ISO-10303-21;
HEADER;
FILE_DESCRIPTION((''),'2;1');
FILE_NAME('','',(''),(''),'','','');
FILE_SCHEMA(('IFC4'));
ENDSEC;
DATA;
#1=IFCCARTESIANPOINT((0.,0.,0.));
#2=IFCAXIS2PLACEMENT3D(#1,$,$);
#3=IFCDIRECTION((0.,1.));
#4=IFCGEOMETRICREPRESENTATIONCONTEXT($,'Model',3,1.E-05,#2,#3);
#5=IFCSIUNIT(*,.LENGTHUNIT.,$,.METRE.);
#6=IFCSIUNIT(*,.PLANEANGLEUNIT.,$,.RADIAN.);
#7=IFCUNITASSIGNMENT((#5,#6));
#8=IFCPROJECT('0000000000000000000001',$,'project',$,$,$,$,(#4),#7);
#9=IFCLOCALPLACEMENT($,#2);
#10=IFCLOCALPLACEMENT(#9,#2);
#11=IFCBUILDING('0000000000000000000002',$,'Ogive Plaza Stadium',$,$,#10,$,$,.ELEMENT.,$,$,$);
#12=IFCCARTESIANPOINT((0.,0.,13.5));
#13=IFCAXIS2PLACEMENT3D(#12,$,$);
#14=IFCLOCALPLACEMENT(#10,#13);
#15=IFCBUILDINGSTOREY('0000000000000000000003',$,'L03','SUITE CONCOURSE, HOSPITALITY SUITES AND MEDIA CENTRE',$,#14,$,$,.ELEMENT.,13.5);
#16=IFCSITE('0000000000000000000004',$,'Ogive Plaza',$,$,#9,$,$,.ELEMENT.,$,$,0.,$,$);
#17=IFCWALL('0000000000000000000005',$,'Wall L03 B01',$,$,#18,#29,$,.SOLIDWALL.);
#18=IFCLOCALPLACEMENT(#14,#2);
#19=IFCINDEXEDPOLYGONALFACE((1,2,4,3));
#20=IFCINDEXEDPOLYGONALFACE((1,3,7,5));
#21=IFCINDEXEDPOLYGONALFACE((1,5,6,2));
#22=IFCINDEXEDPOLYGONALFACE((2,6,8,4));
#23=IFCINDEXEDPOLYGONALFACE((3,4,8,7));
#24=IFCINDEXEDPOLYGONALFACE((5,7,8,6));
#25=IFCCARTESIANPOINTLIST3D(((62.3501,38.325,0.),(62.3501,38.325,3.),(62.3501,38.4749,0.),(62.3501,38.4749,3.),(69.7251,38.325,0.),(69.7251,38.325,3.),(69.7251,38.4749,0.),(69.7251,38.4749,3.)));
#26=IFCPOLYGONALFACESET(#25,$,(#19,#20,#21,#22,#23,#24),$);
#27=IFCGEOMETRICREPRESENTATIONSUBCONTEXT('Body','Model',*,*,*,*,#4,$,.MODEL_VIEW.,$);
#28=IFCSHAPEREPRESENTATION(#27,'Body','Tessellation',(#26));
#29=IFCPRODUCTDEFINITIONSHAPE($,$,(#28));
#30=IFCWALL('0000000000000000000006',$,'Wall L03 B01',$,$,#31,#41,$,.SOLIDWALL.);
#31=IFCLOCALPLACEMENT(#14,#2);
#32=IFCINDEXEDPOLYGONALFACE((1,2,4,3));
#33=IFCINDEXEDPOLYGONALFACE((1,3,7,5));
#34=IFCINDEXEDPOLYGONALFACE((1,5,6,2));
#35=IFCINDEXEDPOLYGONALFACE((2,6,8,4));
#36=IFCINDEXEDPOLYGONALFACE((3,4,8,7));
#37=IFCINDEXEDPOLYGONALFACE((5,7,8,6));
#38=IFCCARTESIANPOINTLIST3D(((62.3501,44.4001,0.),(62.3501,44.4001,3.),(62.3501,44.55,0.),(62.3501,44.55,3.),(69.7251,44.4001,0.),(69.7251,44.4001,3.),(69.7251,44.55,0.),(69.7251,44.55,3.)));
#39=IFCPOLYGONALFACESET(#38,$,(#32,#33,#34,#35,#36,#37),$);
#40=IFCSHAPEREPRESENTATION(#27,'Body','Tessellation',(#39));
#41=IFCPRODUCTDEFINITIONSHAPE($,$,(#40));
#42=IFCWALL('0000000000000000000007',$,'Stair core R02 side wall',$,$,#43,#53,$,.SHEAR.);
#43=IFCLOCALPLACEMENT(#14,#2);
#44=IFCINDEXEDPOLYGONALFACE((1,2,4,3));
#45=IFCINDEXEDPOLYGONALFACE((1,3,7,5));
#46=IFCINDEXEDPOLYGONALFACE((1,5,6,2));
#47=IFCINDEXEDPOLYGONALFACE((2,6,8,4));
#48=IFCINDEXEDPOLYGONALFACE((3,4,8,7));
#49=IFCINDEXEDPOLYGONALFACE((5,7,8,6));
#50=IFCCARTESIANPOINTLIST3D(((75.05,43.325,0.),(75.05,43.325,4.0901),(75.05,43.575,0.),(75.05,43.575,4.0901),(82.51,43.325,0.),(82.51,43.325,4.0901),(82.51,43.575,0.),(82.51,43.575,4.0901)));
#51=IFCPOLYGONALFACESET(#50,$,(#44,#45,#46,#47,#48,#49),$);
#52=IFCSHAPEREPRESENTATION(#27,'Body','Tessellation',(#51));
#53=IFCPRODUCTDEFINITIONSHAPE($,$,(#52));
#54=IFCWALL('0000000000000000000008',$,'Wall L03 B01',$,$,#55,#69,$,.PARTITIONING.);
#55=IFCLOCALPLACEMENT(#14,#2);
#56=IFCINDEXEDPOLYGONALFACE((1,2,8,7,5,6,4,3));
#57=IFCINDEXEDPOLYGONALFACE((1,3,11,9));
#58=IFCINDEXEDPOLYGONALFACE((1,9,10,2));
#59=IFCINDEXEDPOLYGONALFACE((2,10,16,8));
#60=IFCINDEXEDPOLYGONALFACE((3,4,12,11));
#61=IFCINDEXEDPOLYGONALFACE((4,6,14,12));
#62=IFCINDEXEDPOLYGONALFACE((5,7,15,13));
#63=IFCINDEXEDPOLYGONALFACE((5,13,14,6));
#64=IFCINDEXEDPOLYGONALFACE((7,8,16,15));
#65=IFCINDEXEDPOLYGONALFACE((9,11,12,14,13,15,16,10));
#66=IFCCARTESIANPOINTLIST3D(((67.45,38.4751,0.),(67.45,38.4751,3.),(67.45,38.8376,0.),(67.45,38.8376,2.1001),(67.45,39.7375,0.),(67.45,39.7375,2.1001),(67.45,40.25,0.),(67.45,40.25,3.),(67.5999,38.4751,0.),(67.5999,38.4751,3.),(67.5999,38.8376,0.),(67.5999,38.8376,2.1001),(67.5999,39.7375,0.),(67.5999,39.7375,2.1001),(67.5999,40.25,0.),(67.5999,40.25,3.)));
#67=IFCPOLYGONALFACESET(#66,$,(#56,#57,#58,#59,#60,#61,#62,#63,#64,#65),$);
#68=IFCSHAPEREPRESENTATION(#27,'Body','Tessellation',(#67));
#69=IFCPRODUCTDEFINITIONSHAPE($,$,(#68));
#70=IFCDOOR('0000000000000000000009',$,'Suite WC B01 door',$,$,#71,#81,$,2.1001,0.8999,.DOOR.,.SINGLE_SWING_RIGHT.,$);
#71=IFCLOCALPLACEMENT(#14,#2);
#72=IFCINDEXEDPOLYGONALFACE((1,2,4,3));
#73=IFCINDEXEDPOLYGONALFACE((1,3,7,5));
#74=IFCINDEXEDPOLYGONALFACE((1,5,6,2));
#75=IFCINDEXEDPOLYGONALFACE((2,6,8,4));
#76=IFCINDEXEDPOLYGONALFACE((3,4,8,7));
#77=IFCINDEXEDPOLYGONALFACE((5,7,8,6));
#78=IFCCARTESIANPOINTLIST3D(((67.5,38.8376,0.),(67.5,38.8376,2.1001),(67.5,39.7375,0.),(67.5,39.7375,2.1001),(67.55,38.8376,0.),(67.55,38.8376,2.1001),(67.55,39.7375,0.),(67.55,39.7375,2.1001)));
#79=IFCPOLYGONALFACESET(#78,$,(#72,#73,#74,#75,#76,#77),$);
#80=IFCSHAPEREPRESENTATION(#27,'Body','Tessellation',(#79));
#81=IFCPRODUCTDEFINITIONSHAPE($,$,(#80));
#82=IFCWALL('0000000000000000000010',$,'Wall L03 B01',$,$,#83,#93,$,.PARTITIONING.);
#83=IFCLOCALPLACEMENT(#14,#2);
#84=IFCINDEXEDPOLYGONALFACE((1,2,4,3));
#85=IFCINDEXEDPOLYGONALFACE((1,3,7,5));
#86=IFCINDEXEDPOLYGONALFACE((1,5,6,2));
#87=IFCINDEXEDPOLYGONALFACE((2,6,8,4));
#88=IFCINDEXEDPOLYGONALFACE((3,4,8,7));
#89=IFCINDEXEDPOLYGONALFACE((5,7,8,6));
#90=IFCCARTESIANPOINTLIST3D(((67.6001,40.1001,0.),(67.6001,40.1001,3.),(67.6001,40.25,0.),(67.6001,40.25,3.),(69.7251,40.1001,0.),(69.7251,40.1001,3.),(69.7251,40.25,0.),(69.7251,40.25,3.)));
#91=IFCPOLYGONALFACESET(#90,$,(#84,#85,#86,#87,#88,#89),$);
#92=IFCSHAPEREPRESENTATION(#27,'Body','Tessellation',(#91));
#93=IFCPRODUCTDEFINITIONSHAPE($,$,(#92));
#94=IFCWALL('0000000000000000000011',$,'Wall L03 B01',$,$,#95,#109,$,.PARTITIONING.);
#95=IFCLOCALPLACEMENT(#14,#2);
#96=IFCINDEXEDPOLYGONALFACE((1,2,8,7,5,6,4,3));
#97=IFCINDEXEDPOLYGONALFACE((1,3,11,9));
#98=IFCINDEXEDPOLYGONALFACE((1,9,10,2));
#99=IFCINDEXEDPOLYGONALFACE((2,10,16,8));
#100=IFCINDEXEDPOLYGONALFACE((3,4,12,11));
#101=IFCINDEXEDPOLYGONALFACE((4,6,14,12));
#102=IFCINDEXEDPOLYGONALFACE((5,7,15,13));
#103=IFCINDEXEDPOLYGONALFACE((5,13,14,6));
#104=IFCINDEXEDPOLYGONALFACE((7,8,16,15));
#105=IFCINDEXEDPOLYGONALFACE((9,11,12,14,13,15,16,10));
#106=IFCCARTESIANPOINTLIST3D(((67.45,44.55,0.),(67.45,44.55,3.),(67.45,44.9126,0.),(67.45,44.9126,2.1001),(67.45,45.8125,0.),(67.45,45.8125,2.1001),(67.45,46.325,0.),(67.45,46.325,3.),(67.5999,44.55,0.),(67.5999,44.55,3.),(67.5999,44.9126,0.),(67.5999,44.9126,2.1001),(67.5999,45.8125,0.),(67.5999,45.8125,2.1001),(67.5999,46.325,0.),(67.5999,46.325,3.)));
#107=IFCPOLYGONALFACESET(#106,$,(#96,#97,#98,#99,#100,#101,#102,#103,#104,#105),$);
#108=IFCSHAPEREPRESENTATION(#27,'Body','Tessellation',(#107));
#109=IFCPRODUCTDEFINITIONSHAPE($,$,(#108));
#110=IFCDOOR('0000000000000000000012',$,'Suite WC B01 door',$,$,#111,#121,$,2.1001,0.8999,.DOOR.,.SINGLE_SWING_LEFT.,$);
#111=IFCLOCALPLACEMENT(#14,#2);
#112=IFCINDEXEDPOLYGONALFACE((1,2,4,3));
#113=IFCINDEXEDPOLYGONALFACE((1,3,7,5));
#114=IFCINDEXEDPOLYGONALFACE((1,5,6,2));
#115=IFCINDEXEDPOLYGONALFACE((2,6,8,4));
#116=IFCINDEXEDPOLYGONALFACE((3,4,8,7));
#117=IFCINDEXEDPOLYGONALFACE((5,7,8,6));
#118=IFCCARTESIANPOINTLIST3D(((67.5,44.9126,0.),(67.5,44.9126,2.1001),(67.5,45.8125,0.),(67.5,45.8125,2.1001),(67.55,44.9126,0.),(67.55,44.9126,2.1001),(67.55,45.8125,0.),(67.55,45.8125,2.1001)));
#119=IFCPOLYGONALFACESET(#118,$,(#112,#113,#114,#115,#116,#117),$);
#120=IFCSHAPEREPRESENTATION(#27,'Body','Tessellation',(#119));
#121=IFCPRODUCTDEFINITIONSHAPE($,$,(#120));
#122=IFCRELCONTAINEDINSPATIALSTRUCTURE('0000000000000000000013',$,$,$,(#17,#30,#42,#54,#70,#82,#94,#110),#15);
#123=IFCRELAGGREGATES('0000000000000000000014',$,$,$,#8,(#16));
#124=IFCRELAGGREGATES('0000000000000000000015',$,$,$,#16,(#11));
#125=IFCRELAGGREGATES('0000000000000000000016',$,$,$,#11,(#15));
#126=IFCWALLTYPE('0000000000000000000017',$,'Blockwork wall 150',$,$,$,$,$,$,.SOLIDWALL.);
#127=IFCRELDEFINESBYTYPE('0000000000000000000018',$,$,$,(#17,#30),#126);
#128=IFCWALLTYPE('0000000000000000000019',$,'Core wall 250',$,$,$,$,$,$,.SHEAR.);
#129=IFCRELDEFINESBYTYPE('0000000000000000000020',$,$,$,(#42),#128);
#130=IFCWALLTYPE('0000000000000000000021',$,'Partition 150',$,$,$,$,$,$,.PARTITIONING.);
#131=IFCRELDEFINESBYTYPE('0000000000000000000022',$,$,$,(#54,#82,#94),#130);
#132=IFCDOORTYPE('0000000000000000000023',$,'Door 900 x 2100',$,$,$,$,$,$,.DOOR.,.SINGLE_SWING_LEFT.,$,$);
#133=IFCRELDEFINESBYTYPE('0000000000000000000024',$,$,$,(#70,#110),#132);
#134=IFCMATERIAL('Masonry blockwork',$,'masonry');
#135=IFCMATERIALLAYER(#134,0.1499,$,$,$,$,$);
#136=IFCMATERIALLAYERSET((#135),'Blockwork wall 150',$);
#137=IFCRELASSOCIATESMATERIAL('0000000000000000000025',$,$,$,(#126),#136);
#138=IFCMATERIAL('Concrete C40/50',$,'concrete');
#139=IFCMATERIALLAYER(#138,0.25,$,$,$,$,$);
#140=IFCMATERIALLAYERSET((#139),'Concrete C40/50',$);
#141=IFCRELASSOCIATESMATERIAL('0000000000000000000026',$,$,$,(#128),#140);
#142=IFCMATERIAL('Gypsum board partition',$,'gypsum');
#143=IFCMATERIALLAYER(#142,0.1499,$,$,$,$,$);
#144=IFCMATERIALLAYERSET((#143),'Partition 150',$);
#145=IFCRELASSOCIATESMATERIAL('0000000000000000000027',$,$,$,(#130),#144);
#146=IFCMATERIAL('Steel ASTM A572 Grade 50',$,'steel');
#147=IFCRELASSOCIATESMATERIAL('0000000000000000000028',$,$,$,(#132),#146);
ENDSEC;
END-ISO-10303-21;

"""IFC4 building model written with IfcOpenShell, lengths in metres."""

from ifc_helpers import new_model, si_unit, direction, frame, frame_2d, origin, place, context, subcontext, project, spatial, rectangle, extrude, material, layer, layer_set, type_object, element, fill, save


model = new_model("IFC4")

# Units and contexts
model_context = context("Model", 3, precision=1e-05, world=origin(), true_north=direction((0.0, 1.0)))
body_context = subcontext(model_context, "Body", "Model", "MODEL_VIEW")
ifc_project = project(units=[si_unit("LENGTHUNIT", "METRE"), si_unit("PLANEANGLEUNIT", "RADIAN")], contexts=[model_context])

# Site, building, storey
site_placement = place(None, origin())
site = spatial("IfcSite", under=ifc_project, at=site_placement, Name="Ogive Plaza", CompositionType="ELEMENT", RefElevation=0.0)
building_placement = place(site_placement, origin())
building = spatial("IfcBuilding", under=site, at=building_placement, Name="Ogive Plaza Stadium", CompositionType="ELEMENT")
storey_placement = place(building_placement, frame((0.0, 0.0, 13.5)))
storey = spatial("IfcBuildingStorey", under=building, at=storey_placement, Name="L03", Description="SUITE CONCOURSE, HOSPITALITY SUITES AND MEDIA CENTRE", CompositionType="ELEMENT", Elevation=13.5)

# Walls
ifc_material_1 = material(Name="Masonry blockwork", Category="masonry")
ifc_layer_1 = layer(ifc_material_1, 0.1499)
ifc_layer_set_1 = layer_set([ifc_layer_1], Name="Blockwork wall 150")
wall_type_1 = type_object("IfcWallType", Name="Blockwork wall 150", PredefinedType="SOLIDWALL", material=ifc_layer_set_1)
for number, where, z_axis, x_axis, name in (
    (1, (62.3501, 38.3999, 0.0), (0.0, 0.0, 1.0), (1.0, 0.0, 0.0), "Wall L03 B01"),
    (2, (62.3501, 44.4751, 0.0), (0.0, 0.0, 1.0), (1.0, 0.0, 0.0), "Wall L03 B01"),
):
    element("IfcWall", number, at=place(storey_placement, frame(where, z_axis=z_axis, x_axis=x_axis)), inside=storey, type_object=wall_type_1, Name=name, PredefinedType="SOLIDWALL", context=body_context, shape_type="SweptSolid", body=[
        extrude(rectangle(XDim=7.375, YDim=0.1499, at=frame_2d((3.6875, 0.0))), origin(), (0.0, 0.0, 1.0), 3.0),
    ])
ifc_material_2 = material(Name="Concrete C40/50", Category="concrete")
ifc_layer_2 = layer(ifc_material_2, 0.25)
ifc_layer_set_2 = layer_set([ifc_layer_2], Name="Concrete C40/50")
wall_type_2 = type_object("IfcWallType", Name="Core wall 250", PredefinedType="SHEAR", material=ifc_layer_set_2)
wall_1_placement = place(storey_placement, frame((75.05, 43.45, 0.0), z_axis=(0.0, 0.0, 1.0), x_axis=(1.0, 0.0, 0.0)))
element("IfcWall", 3, at=wall_1_placement, inside=storey, type_object=wall_type_2, Name="Stair core R02 side wall", PredefinedType="SHEAR", context=body_context, shape_type="SweptSolid", body=[
    extrude(rectangle(XDim=7.46, YDim=0.25, at=frame_2d((3.73, 0.0))), origin(), (0.0, 0.0, 1.0), 4.0901),
])

# Wall, opening, door
ifc_material_3 = material(Name="Gypsum board partition", Category="gypsum")
ifc_layer_3 = layer(ifc_material_3, 0.1499)
ifc_layer_set_3 = layer_set([ifc_layer_3], Name="Partition 150")
wall_type_3 = type_object("IfcWallType", Name="Partition 150", PredefinedType="PARTITIONING", material=ifc_layer_set_3)
wall_2_placement = place(storey_placement, frame((67.5249, 38.4751, 0.0), z_axis=(0.0, 0.0, 1.0), x_axis=(0.0, 1.0, 0.0)))
wall_2 = element("IfcWall", 4, at=wall_2_placement, inside=storey, type_object=wall_type_3, Name="Wall L03 B01", PredefinedType="PARTITIONING", context=body_context, shape_type="SweptSolid", body=[
    extrude(rectangle(XDim=1.7749, YDim=0.1499, at=frame_2d((0.8875, 0.0))), origin(), (0.0, 0.0, 1.0), 3.0),
])
opening_1_placement = place(wall_2_placement, frame((0.3625, 0.0, 0.0)))
opening_1 = element("IfcOpeningElement", 5, at=opening_1_placement, cuts=wall_2, PredefinedType="OPENING", context=body_context, shape_type="SweptSolid", body=[
    extrude(rectangle(XDim=0.8999, YDim=2.1001, at=frame_2d((0.45, 1.05))), frame((0.0, 0.075, 0.0), z_axis=(0.0, -1.0, 0.0), x_axis=(1.0, 0.0, 0.0)), (0.0, 0.0, 1.0), 0.1499),
])
ifc_material_4 = material(Name="Steel ASTM A572 Grade 50", Category="steel")
door_type = type_object("IfcDoorType", Name="Door 900 x 2100", OperationType="SINGLE_SWING_LEFT", PredefinedType="DOOR", material=ifc_material_4)
door_1_placement = place(opening_1_placement, origin())
door_1 = element("IfcDoor", 6, at=door_1_placement, inside=storey, type_object=door_type, Name="Suite WC B01 door", OperationType="SINGLE_SWING_RIGHT", OverallHeight=2.1001, OverallWidth=0.8999, PredefinedType="DOOR", context=body_context, shape_type="SweptSolid", body=[
    extrude(rectangle(XDim=0.8999, YDim=2.1001, at=frame_2d((0.45, 1.05))), frame((0.0, 0.0249, 0.0), z_axis=(0.0, -1.0, 0.0), x_axis=(1.0, 0.0, 0.0)), (0.0, 0.0, 1.0), 0.05),
])
fill(opening_1, door_1)

# Wall
wall_3_placement = place(storey_placement, frame((67.6001, 40.175, 0.0), z_axis=(0.0, 0.0, 1.0), x_axis=(1.0, 0.0, 0.0)))
element("IfcWall", 7, at=wall_3_placement, inside=storey, type_object=wall_type_3, Name="Wall L03 B01", PredefinedType="PARTITIONING", context=body_context, shape_type="SweptSolid", body=[
    extrude(rectangle(XDim=2.125, YDim=0.1499, at=frame_2d((1.0625, 0.0))), origin(), (0.0, 0.0, 1.0), 3.0),
])

# Wall, opening, door
wall_4_placement = place(storey_placement, frame((67.5249, 44.55, 0.0), z_axis=(0.0, 0.0, 1.0), x_axis=(0.0, 1.0, 0.0)))
wall_4 = element("IfcWall", 8, at=wall_4_placement, inside=storey, type_object=wall_type_3, Name="Wall L03 B01", PredefinedType="PARTITIONING", context=body_context, shape_type="SweptSolid", body=[
    extrude(rectangle(XDim=1.7749, YDim=0.1499, at=frame_2d((0.8875, 0.0))), origin(), (0.0, 0.0, 1.0), 3.0),
])
opening_2_placement = place(wall_4_placement, frame((0.3625, 0.0, 0.0)))
opening_2 = element("IfcOpeningElement", 9, at=opening_2_placement, cuts=wall_4, PredefinedType="OPENING", context=body_context, shape_type="SweptSolid", body=[
    extrude(rectangle(XDim=0.8999, YDim=2.1001, at=frame_2d((0.45, 1.05))), frame((0.0, 0.075, 0.0), z_axis=(0.0, -1.0, 0.0), x_axis=(1.0, 0.0, 0.0)), (0.0, 0.0, 1.0), 0.1499),
])
door_2_placement = place(opening_2_placement, origin())
door_2 = element("IfcDoor", 10, at=door_2_placement, inside=storey, type_object=door_type, Name="Suite WC B01 door", OperationType="SINGLE_SWING_LEFT", OverallHeight=2.1001, OverallWidth=0.8999, PredefinedType="DOOR", context=body_context, shape_type="SweptSolid", body=[
    extrude(rectangle(XDim=0.8999, YDim=2.1001, at=frame_2d((0.45, 1.05))), frame((0.0, 0.0249, 0.0), z_axis=(0.0, -1.0, 0.0), x_axis=(1.0, 0.0, 0.0)), (0.0, 0.0, 1.0), 0.05),
])
fill(opening_2, door_2)

save(model, "model.ifc")
